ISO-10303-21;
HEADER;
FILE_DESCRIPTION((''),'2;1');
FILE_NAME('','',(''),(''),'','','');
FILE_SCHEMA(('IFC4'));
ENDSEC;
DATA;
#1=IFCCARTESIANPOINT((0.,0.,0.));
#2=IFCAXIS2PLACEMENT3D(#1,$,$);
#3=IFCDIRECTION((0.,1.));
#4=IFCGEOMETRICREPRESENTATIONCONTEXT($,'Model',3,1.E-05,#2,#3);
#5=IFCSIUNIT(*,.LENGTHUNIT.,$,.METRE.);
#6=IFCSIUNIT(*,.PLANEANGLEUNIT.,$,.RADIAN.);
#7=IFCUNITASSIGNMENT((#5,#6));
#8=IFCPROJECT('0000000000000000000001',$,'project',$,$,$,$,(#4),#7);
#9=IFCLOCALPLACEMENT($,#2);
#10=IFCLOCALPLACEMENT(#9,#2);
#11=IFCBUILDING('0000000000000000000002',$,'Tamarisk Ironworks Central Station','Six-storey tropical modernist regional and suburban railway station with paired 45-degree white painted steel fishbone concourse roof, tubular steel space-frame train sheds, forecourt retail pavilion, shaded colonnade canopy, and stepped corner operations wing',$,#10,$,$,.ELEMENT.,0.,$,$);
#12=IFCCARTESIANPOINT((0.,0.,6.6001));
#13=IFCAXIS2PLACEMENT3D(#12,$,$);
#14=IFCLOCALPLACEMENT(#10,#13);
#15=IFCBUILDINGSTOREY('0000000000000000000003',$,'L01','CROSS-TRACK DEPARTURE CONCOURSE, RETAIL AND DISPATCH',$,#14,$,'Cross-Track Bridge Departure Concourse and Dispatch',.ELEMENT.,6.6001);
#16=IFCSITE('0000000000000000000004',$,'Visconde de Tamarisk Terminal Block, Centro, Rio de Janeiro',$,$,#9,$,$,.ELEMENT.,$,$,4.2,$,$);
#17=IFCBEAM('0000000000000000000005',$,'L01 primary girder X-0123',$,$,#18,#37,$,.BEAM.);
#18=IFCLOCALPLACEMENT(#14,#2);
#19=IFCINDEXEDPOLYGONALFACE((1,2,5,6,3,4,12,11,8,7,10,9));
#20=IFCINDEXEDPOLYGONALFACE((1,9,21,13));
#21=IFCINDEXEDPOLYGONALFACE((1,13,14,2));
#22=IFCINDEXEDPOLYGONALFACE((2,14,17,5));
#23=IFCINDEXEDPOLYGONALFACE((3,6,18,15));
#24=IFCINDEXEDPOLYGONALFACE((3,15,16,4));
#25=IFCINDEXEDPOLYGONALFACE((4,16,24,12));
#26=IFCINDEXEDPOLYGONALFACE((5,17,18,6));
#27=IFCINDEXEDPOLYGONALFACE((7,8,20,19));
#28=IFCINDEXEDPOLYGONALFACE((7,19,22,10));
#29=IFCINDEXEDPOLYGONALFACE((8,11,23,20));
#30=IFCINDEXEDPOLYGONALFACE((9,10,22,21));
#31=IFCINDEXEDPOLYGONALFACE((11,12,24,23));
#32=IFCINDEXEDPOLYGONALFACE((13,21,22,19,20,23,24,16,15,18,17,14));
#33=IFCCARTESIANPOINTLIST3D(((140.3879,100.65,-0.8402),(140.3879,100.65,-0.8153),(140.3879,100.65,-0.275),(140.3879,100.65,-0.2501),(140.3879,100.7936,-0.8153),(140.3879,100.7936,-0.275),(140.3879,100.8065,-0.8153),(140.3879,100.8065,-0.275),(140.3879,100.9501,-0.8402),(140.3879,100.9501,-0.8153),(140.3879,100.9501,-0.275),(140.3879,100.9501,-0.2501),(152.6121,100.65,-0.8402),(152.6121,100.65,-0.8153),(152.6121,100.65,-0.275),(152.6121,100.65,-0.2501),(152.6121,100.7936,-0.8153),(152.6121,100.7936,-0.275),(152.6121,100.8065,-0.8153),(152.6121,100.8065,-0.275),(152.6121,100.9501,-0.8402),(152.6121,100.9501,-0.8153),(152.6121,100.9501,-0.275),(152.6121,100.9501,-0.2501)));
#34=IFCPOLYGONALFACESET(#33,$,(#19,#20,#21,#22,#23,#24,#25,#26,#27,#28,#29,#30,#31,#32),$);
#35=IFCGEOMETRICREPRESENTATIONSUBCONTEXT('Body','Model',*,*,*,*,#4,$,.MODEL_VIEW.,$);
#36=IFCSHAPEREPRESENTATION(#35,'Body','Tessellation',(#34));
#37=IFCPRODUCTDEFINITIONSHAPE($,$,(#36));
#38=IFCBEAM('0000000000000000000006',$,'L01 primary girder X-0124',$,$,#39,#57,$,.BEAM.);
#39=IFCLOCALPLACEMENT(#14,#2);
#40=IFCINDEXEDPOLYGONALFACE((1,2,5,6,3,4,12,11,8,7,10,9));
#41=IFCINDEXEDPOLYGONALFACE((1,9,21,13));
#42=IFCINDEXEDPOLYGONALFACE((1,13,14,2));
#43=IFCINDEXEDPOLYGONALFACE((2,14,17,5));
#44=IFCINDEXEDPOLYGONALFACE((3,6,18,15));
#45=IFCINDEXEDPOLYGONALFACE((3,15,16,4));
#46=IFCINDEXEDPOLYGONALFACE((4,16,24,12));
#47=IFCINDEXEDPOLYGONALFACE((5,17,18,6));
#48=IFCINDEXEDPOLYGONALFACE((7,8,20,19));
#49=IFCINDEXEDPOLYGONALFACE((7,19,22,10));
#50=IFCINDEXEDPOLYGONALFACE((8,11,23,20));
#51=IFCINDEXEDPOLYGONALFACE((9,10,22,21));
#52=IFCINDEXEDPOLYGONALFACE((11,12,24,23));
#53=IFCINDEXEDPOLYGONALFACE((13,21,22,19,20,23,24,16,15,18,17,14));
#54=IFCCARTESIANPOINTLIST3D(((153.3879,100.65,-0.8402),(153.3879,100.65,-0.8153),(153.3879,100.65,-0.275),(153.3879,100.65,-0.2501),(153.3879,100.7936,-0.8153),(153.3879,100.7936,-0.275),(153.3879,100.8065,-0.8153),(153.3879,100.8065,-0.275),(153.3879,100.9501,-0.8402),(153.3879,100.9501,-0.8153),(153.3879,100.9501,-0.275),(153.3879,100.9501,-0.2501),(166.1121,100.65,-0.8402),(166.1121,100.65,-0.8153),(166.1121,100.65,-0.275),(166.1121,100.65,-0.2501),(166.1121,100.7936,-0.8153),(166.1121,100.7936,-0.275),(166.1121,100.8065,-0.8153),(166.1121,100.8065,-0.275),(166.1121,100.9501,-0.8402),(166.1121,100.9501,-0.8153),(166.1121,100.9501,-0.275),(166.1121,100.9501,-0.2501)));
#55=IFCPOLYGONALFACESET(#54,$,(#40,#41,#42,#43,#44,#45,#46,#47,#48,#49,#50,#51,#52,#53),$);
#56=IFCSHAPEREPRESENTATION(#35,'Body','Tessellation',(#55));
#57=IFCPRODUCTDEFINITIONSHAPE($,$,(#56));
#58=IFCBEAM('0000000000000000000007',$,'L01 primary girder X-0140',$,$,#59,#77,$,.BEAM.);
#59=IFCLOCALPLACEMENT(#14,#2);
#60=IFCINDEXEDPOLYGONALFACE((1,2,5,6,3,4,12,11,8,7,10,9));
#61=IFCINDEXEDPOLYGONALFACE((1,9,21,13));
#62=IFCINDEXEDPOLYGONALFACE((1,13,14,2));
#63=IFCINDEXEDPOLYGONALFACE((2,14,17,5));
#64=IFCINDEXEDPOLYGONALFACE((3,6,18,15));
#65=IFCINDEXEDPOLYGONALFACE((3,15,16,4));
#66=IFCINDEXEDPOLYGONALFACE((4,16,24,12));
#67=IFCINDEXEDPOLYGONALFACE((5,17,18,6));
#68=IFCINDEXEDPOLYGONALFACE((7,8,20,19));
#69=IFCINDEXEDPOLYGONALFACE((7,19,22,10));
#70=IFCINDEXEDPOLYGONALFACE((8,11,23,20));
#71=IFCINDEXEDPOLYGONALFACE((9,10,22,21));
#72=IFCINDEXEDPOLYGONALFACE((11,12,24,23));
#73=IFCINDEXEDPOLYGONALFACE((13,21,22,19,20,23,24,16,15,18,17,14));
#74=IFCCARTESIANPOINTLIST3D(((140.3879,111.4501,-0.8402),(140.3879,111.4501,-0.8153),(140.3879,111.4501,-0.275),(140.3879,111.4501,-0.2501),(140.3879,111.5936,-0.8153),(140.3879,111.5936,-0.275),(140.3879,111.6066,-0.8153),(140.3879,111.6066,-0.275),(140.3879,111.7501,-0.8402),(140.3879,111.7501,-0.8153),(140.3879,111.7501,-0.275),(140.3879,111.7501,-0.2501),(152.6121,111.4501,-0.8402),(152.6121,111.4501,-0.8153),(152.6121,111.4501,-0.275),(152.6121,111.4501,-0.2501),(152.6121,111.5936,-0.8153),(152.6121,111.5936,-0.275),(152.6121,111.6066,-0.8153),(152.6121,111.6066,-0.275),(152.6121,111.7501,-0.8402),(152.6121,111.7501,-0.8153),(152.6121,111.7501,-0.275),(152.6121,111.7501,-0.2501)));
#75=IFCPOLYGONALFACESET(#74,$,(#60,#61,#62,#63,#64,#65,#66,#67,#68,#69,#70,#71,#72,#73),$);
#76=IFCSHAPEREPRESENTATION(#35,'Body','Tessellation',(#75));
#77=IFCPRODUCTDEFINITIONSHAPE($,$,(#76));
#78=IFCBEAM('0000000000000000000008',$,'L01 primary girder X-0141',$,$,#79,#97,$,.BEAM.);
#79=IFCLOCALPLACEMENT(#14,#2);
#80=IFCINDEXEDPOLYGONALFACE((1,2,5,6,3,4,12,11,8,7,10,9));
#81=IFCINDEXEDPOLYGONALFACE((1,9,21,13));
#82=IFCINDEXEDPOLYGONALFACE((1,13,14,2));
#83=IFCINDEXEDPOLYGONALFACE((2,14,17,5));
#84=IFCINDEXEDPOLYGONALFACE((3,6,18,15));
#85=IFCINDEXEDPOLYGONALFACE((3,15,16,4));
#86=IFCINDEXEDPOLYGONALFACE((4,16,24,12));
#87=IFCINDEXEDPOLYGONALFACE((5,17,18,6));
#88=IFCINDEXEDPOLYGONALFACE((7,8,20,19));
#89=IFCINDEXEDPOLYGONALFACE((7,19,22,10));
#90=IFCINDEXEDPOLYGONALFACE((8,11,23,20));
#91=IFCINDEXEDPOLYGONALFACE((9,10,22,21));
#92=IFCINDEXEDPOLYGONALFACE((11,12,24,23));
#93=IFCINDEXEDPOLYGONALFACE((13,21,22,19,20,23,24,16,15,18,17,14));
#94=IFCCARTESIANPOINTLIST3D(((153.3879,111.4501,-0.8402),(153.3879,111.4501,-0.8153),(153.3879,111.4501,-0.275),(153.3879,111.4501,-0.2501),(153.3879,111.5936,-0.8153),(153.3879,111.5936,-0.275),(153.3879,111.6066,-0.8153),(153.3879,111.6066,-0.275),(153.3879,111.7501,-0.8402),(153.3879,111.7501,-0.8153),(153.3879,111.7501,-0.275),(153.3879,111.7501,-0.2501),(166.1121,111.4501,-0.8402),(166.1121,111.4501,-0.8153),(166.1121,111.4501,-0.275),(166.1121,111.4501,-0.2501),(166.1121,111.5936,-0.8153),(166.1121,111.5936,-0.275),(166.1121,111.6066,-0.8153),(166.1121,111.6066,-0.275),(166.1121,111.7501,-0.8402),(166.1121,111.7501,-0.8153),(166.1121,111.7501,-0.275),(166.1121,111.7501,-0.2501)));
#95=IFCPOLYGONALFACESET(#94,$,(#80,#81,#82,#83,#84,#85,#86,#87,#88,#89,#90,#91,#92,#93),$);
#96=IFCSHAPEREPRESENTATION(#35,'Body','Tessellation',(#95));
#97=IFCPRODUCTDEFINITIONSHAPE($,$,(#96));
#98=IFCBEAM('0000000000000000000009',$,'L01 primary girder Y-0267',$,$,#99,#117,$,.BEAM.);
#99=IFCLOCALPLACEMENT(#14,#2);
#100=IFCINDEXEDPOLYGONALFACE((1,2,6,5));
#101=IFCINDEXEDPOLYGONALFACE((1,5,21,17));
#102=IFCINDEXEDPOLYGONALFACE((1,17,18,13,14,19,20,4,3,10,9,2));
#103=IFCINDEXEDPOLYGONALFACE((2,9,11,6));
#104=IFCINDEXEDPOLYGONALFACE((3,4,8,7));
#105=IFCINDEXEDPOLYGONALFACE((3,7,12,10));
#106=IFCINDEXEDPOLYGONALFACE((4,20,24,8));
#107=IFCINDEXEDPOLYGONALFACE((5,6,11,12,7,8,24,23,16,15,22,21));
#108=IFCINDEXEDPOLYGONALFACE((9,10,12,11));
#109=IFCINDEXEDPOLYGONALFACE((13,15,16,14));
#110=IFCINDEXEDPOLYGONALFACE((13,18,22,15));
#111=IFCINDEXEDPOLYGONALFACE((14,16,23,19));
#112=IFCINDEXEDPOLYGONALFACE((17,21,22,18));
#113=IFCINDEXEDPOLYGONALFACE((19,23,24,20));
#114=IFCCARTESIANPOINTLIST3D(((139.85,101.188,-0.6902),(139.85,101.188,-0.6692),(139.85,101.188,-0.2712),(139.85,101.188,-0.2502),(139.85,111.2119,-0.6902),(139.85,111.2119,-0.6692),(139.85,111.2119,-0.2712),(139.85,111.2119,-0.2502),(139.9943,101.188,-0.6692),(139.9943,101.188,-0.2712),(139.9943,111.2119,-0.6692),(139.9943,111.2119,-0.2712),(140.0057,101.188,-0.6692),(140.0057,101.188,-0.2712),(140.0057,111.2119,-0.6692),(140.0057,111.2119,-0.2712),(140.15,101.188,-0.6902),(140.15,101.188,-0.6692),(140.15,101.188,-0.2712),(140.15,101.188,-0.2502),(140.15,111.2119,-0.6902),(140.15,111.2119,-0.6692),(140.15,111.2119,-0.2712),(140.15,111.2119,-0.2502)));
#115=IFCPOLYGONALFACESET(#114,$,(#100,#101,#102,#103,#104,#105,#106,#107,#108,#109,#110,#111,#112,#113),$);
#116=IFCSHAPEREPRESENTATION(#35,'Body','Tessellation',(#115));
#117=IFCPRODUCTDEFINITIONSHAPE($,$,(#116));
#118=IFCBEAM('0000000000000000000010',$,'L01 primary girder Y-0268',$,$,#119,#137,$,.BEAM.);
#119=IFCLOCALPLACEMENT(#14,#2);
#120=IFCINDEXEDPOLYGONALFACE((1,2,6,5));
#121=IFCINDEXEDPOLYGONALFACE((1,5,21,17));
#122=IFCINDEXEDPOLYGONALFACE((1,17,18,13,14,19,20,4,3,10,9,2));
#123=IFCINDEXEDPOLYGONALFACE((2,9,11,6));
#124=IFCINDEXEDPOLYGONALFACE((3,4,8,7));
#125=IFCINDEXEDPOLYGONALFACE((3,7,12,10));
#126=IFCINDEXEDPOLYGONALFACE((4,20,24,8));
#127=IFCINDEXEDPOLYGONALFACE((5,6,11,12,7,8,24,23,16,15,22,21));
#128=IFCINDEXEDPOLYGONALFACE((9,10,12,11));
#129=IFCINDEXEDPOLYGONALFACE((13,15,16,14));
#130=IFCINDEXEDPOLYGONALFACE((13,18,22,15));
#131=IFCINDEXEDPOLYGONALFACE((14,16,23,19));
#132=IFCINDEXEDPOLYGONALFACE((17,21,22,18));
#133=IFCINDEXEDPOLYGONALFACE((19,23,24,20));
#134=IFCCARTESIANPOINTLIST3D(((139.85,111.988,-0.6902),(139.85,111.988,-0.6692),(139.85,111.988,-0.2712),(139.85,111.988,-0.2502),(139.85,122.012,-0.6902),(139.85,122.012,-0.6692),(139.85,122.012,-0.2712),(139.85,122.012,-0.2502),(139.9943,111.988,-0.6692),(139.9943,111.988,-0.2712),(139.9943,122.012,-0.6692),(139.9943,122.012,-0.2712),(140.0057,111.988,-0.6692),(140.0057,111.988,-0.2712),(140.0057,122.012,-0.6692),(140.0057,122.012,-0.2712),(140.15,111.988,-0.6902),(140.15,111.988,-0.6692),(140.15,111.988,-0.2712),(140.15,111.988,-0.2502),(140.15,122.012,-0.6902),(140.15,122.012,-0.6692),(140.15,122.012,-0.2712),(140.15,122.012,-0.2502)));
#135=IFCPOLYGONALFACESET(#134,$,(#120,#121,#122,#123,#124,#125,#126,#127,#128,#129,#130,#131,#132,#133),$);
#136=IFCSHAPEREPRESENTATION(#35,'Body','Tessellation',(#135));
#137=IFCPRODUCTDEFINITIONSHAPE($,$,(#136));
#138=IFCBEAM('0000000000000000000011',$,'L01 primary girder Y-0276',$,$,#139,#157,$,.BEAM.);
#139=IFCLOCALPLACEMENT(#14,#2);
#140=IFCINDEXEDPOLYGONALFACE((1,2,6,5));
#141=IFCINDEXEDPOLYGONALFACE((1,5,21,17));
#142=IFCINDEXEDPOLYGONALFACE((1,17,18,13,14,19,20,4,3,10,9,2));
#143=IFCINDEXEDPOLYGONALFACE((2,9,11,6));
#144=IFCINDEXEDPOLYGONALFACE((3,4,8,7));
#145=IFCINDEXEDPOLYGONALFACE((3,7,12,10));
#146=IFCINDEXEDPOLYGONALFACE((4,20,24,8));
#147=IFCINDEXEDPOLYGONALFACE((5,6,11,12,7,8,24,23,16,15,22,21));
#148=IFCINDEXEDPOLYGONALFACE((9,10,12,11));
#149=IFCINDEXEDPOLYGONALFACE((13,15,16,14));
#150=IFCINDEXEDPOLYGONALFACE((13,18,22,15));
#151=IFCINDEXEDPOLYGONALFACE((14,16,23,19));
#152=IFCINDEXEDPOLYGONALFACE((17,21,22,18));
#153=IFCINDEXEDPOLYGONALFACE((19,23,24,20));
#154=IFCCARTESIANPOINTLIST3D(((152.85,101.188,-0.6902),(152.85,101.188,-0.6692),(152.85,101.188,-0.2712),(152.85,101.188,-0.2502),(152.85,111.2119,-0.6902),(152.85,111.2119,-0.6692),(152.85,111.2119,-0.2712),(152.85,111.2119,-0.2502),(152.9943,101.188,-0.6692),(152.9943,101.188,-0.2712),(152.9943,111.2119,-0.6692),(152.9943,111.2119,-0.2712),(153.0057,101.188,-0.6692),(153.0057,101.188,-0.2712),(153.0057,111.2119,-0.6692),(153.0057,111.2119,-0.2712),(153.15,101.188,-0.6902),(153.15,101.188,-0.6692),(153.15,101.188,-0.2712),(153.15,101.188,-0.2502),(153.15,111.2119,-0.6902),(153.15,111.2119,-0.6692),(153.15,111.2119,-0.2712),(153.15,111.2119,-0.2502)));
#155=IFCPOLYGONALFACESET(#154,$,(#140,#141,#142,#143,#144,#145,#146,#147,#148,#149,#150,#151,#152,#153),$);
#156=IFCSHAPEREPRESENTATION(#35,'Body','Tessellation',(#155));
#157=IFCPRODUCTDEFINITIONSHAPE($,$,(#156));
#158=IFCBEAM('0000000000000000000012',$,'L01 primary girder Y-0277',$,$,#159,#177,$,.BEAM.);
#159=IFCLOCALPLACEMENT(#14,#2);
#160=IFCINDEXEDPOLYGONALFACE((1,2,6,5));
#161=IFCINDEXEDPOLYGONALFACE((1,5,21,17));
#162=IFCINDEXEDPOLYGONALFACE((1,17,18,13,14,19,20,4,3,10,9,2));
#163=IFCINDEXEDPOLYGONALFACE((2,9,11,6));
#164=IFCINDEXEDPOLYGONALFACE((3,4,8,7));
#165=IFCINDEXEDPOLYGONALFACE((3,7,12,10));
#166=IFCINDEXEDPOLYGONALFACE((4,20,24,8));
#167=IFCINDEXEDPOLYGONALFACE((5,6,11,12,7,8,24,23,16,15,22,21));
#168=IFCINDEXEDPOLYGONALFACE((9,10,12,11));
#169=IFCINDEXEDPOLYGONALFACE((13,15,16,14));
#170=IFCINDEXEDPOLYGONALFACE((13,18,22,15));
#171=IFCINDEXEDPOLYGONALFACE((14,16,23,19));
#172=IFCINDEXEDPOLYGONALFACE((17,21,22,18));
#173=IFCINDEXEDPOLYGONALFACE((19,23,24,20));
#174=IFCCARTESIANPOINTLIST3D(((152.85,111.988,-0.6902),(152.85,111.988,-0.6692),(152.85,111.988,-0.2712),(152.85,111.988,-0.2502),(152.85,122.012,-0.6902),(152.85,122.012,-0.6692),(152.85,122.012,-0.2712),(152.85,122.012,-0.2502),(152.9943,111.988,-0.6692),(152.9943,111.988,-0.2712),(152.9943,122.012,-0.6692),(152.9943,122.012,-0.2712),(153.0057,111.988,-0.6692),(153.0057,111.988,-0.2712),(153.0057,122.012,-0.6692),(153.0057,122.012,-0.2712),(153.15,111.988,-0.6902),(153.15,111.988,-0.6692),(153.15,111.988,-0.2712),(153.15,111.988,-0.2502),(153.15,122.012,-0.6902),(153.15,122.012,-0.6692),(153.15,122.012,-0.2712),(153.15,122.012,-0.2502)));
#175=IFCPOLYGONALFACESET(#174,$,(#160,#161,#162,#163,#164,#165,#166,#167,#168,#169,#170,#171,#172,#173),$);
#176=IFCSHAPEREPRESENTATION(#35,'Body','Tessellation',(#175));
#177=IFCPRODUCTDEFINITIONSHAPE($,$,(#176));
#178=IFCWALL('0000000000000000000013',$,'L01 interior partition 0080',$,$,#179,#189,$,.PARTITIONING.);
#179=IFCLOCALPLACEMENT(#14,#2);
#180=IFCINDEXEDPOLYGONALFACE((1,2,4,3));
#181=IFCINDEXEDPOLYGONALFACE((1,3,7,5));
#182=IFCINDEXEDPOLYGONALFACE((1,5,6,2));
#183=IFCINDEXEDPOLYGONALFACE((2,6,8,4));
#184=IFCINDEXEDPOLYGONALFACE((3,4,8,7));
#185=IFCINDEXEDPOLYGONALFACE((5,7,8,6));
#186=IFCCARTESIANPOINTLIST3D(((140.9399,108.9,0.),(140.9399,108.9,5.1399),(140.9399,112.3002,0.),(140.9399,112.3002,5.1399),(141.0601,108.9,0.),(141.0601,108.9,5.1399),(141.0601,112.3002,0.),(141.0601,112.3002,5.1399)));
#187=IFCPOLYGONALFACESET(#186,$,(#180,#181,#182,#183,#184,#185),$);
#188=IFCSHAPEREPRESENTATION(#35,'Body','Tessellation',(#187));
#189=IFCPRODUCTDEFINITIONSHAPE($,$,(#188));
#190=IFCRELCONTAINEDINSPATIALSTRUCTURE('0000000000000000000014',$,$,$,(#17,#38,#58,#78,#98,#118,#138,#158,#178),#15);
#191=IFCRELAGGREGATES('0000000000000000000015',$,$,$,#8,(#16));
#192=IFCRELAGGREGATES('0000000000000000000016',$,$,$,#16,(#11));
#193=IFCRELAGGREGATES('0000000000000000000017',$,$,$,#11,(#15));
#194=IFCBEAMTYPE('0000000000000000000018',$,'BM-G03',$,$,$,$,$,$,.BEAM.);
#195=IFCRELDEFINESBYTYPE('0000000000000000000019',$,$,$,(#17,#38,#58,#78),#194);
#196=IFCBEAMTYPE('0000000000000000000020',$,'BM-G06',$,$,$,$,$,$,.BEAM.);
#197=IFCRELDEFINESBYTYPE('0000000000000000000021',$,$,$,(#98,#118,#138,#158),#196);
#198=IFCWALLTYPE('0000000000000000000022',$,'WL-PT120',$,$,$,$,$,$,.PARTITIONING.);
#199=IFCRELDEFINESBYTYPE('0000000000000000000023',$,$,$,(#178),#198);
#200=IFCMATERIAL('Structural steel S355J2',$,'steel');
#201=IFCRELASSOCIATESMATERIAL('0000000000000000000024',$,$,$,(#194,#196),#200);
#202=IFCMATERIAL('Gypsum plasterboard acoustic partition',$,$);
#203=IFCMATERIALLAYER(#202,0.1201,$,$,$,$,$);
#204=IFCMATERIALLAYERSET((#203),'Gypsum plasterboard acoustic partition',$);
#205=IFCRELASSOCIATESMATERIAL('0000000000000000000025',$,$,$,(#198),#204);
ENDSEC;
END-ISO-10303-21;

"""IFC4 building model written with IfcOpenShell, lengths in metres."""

from ifc_helpers import new_model, si_unit, direction, frame, frame_2d, origin, origin_2d, place, context, subcontext, project, spatial, rectangle, i_section, extrude, material, layer, layer_set, material_profile, profile_set, type_object, element, save


model = new_model("IFC4")

# Units and contexts
model_context = context("Model", 3, precision=1e-05, world=origin(), true_north=direction((0.0, 1.0)))
body_context = subcontext(model_context, "Body", "Model", "MODEL_VIEW")
ifc_project = project(units=[si_unit("LENGTHUNIT", "METRE"), si_unit("PLANEANGLEUNIT", "RADIAN")], contexts=[model_context])

# Site, building, storey
site_placement = place(None, origin())
site = spatial("IfcSite", under=ifc_project, at=site_placement, Name="Visconde de Tamarisk Terminal Block, Centro, Rio de Janeiro", CompositionType="ELEMENT", RefElevation=4.2)
building_placement = place(site_placement, origin())
building = spatial("IfcBuilding", under=site, at=building_placement, Name="Tamarisk Ironworks Central Station", Description="Six-storey tropical modernist regional and suburban railway station with paired 45-degree white painted steel fishbone concourse roof, tubular steel space-frame train sheds, forecourt retail pavilion, shaded colonnade canopy, and stepped corner operations wing", CompositionType="ELEMENT", ElevationOfRefHeight=0.0)
storey_placement = place(building_placement, frame((0.0, 0.0, 6.6001)))
storey = spatial("IfcBuildingStorey", under=building, at=storey_placement, Name="L01", Description="CROSS-TRACK DEPARTURE CONCOURSE, RETAIL AND DISPATCH", LongName="Cross-Track Bridge Departure Concourse and Dispatch", CompositionType="ELEMENT", Elevation=6.6001)

# Shared definitions
ifc_material_1 = material(Name="Structural steel S355J2", Category="steel")

# Beams
ifc_material_profile_1 = material_profile(ifc_material_1, i_section(OverallWidth=0.3, OverallDepth=0.5901, WebThickness=0.0129, FlangeThickness=0.0249, at=origin_2d()), Name="HEA 600")
ifc_profile_set_1 = profile_set([ifc_material_profile_1], Name="Structural steel S355J2")
beam_type_1 = type_object("IfcBeamType", Name="BM-G03", PredefinedType="BEAM", material=ifc_profile_set_1)
beam_1_placement = place(storey_placement, frame((140.3879, 100.8, -0.5452), z_axis=(1.0, 0.0, 0.0), x_axis=(0.0, 1.0, 0.0)))
element("IfcBeam", 1, at=beam_1_placement, inside=storey, type_object=beam_type_1, Name="L01 primary girder X-0123", PredefinedType="BEAM", context=body_context, shape_type="SweptSolid", body=[
    extrude(i_section(OverallWidth=0.3, OverallDepth=0.5901, WebThickness=0.0129, FlangeThickness=0.0249, at=origin_2d()), origin(), (0.0, 0.0, 1.0), 12.2241),
])
beam_2_placement = place(storey_placement, frame((153.3879, 100.8, -0.5452), z_axis=(1.0, 0.0, 0.0), x_axis=(0.0, 1.0, 0.0)))
element("IfcBeam", 2, at=beam_2_placement, inside=storey, type_object=beam_type_1, Name="L01 primary girder X-0124", PredefinedType="BEAM", context=body_context, shape_type="SweptSolid", body=[
    extrude(i_section(OverallWidth=0.3, OverallDepth=0.5901, WebThickness=0.0129, FlangeThickness=0.0249, at=origin_2d()), origin(), (0.0, 0.0, 1.0), 12.7241),
])
beam_3_placement = place(storey_placement, frame((140.3879, 111.6001, -0.5452), z_axis=(1.0, 0.0, 0.0), x_axis=(0.0, 1.0, 0.0)))
element("IfcBeam", 3, at=beam_3_placement, inside=storey, type_object=beam_type_1, Name="L01 primary girder X-0140", PredefinedType="BEAM", context=body_context, shape_type="SweptSolid", body=[
    extrude(i_section(OverallWidth=0.3, OverallDepth=0.5901, WebThickness=0.0129, FlangeThickness=0.0249, at=origin_2d()), origin(), (0.0, 0.0, 1.0), 12.2241),
])
beam_4_placement = place(storey_placement, frame((153.3879, 111.6001, -0.5452), z_axis=(1.0, 0.0, 0.0), x_axis=(0.0, 1.0, 0.0)))
element("IfcBeam", 4, at=beam_4_placement, inside=storey, type_object=beam_type_1, Name="L01 primary girder X-0141", PredefinedType="BEAM", context=body_context, shape_type="SweptSolid", body=[
    extrude(i_section(OverallWidth=0.3, OverallDepth=0.5901, WebThickness=0.0129, FlangeThickness=0.0249, at=origin_2d()), origin(), (0.0, 0.0, 1.0), 12.7241),
])
ifc_material_profile_2 = material_profile(ifc_material_1, i_section(OverallWidth=0.3, OverallDepth=0.4399, WebThickness=0.0115, FlangeThickness=0.021, at=origin_2d()), Name="HEA 450")
ifc_profile_set_2 = profile_set([ifc_material_profile_2], Name="Structural steel S355J2")
beam_type_2 = type_object("IfcBeamType", Name="BM-G06", PredefinedType="BEAM", material=ifc_profile_set_2)
for number, where, z_axis, x_axis, name in (
    (5, (140.0, 101.188, -0.4702), (0.0, 1.0, 0.0), (-1.0, 0.0, 0.0), "L01 primary girder Y-0267"),
    (6, (140.0, 111.988, -0.4702), (0.0, 1.0, 0.0), (-1.0, 0.0, 0.0), "L01 primary girder Y-0268"),
    (7, (153.0, 101.188, -0.4702), (0.0, 1.0, 0.0), (-1.0, 0.0, 0.0), "L01 primary girder Y-0276"),
    (8, (153.0, 111.988, -0.4702), (0.0, 1.0, 0.0), (-1.0, 0.0, 0.0), "L01 primary girder Y-0277"),
):
    element("IfcBeam", number, at=place(storey_placement, frame(where, z_axis=z_axis, x_axis=x_axis)), inside=storey, type_object=beam_type_2, Name=name, PredefinedType="BEAM", context=body_context, shape_type="SweptSolid", body=[
        extrude(i_section(OverallWidth=0.3, OverallDepth=0.4399, WebThickness=0.0115, FlangeThickness=0.021, at=origin_2d()), origin(), (0.0, 0.0, 1.0), 10.0239),
    ])

# Wall
ifc_material_2 = material(Name="Gypsum plasterboard acoustic partition")
ifc_layer_1 = layer(ifc_material_2, 0.1201)
ifc_layer_set_1 = layer_set([ifc_layer_1], Name="Gypsum plasterboard acoustic partition")
wall_type_1 = type_object("IfcWallType", Name="WL-PT120", PredefinedType="PARTITIONING", material=ifc_layer_set_1)
wall_1_placement = place(storey_placement, frame((141.0, 108.8999, 0.0), z_axis=(0.0, 0.0, 1.0), x_axis=(0.0, 1.0, 0.0)))
element("IfcWall", 9, at=wall_1_placement, inside=storey, type_object=wall_type_1, Name="L01 interior partition 0080", PredefinedType="PARTITIONING", context=body_context, shape_type="SweptSolid", body=[
    extrude(rectangle(XDim=3.4001, YDim=0.1201, at=frame_2d((1.7002, 0.0))), origin(), (0.0, 0.0, 1.0), 5.1399),
])

save(model, "model.ifc")
